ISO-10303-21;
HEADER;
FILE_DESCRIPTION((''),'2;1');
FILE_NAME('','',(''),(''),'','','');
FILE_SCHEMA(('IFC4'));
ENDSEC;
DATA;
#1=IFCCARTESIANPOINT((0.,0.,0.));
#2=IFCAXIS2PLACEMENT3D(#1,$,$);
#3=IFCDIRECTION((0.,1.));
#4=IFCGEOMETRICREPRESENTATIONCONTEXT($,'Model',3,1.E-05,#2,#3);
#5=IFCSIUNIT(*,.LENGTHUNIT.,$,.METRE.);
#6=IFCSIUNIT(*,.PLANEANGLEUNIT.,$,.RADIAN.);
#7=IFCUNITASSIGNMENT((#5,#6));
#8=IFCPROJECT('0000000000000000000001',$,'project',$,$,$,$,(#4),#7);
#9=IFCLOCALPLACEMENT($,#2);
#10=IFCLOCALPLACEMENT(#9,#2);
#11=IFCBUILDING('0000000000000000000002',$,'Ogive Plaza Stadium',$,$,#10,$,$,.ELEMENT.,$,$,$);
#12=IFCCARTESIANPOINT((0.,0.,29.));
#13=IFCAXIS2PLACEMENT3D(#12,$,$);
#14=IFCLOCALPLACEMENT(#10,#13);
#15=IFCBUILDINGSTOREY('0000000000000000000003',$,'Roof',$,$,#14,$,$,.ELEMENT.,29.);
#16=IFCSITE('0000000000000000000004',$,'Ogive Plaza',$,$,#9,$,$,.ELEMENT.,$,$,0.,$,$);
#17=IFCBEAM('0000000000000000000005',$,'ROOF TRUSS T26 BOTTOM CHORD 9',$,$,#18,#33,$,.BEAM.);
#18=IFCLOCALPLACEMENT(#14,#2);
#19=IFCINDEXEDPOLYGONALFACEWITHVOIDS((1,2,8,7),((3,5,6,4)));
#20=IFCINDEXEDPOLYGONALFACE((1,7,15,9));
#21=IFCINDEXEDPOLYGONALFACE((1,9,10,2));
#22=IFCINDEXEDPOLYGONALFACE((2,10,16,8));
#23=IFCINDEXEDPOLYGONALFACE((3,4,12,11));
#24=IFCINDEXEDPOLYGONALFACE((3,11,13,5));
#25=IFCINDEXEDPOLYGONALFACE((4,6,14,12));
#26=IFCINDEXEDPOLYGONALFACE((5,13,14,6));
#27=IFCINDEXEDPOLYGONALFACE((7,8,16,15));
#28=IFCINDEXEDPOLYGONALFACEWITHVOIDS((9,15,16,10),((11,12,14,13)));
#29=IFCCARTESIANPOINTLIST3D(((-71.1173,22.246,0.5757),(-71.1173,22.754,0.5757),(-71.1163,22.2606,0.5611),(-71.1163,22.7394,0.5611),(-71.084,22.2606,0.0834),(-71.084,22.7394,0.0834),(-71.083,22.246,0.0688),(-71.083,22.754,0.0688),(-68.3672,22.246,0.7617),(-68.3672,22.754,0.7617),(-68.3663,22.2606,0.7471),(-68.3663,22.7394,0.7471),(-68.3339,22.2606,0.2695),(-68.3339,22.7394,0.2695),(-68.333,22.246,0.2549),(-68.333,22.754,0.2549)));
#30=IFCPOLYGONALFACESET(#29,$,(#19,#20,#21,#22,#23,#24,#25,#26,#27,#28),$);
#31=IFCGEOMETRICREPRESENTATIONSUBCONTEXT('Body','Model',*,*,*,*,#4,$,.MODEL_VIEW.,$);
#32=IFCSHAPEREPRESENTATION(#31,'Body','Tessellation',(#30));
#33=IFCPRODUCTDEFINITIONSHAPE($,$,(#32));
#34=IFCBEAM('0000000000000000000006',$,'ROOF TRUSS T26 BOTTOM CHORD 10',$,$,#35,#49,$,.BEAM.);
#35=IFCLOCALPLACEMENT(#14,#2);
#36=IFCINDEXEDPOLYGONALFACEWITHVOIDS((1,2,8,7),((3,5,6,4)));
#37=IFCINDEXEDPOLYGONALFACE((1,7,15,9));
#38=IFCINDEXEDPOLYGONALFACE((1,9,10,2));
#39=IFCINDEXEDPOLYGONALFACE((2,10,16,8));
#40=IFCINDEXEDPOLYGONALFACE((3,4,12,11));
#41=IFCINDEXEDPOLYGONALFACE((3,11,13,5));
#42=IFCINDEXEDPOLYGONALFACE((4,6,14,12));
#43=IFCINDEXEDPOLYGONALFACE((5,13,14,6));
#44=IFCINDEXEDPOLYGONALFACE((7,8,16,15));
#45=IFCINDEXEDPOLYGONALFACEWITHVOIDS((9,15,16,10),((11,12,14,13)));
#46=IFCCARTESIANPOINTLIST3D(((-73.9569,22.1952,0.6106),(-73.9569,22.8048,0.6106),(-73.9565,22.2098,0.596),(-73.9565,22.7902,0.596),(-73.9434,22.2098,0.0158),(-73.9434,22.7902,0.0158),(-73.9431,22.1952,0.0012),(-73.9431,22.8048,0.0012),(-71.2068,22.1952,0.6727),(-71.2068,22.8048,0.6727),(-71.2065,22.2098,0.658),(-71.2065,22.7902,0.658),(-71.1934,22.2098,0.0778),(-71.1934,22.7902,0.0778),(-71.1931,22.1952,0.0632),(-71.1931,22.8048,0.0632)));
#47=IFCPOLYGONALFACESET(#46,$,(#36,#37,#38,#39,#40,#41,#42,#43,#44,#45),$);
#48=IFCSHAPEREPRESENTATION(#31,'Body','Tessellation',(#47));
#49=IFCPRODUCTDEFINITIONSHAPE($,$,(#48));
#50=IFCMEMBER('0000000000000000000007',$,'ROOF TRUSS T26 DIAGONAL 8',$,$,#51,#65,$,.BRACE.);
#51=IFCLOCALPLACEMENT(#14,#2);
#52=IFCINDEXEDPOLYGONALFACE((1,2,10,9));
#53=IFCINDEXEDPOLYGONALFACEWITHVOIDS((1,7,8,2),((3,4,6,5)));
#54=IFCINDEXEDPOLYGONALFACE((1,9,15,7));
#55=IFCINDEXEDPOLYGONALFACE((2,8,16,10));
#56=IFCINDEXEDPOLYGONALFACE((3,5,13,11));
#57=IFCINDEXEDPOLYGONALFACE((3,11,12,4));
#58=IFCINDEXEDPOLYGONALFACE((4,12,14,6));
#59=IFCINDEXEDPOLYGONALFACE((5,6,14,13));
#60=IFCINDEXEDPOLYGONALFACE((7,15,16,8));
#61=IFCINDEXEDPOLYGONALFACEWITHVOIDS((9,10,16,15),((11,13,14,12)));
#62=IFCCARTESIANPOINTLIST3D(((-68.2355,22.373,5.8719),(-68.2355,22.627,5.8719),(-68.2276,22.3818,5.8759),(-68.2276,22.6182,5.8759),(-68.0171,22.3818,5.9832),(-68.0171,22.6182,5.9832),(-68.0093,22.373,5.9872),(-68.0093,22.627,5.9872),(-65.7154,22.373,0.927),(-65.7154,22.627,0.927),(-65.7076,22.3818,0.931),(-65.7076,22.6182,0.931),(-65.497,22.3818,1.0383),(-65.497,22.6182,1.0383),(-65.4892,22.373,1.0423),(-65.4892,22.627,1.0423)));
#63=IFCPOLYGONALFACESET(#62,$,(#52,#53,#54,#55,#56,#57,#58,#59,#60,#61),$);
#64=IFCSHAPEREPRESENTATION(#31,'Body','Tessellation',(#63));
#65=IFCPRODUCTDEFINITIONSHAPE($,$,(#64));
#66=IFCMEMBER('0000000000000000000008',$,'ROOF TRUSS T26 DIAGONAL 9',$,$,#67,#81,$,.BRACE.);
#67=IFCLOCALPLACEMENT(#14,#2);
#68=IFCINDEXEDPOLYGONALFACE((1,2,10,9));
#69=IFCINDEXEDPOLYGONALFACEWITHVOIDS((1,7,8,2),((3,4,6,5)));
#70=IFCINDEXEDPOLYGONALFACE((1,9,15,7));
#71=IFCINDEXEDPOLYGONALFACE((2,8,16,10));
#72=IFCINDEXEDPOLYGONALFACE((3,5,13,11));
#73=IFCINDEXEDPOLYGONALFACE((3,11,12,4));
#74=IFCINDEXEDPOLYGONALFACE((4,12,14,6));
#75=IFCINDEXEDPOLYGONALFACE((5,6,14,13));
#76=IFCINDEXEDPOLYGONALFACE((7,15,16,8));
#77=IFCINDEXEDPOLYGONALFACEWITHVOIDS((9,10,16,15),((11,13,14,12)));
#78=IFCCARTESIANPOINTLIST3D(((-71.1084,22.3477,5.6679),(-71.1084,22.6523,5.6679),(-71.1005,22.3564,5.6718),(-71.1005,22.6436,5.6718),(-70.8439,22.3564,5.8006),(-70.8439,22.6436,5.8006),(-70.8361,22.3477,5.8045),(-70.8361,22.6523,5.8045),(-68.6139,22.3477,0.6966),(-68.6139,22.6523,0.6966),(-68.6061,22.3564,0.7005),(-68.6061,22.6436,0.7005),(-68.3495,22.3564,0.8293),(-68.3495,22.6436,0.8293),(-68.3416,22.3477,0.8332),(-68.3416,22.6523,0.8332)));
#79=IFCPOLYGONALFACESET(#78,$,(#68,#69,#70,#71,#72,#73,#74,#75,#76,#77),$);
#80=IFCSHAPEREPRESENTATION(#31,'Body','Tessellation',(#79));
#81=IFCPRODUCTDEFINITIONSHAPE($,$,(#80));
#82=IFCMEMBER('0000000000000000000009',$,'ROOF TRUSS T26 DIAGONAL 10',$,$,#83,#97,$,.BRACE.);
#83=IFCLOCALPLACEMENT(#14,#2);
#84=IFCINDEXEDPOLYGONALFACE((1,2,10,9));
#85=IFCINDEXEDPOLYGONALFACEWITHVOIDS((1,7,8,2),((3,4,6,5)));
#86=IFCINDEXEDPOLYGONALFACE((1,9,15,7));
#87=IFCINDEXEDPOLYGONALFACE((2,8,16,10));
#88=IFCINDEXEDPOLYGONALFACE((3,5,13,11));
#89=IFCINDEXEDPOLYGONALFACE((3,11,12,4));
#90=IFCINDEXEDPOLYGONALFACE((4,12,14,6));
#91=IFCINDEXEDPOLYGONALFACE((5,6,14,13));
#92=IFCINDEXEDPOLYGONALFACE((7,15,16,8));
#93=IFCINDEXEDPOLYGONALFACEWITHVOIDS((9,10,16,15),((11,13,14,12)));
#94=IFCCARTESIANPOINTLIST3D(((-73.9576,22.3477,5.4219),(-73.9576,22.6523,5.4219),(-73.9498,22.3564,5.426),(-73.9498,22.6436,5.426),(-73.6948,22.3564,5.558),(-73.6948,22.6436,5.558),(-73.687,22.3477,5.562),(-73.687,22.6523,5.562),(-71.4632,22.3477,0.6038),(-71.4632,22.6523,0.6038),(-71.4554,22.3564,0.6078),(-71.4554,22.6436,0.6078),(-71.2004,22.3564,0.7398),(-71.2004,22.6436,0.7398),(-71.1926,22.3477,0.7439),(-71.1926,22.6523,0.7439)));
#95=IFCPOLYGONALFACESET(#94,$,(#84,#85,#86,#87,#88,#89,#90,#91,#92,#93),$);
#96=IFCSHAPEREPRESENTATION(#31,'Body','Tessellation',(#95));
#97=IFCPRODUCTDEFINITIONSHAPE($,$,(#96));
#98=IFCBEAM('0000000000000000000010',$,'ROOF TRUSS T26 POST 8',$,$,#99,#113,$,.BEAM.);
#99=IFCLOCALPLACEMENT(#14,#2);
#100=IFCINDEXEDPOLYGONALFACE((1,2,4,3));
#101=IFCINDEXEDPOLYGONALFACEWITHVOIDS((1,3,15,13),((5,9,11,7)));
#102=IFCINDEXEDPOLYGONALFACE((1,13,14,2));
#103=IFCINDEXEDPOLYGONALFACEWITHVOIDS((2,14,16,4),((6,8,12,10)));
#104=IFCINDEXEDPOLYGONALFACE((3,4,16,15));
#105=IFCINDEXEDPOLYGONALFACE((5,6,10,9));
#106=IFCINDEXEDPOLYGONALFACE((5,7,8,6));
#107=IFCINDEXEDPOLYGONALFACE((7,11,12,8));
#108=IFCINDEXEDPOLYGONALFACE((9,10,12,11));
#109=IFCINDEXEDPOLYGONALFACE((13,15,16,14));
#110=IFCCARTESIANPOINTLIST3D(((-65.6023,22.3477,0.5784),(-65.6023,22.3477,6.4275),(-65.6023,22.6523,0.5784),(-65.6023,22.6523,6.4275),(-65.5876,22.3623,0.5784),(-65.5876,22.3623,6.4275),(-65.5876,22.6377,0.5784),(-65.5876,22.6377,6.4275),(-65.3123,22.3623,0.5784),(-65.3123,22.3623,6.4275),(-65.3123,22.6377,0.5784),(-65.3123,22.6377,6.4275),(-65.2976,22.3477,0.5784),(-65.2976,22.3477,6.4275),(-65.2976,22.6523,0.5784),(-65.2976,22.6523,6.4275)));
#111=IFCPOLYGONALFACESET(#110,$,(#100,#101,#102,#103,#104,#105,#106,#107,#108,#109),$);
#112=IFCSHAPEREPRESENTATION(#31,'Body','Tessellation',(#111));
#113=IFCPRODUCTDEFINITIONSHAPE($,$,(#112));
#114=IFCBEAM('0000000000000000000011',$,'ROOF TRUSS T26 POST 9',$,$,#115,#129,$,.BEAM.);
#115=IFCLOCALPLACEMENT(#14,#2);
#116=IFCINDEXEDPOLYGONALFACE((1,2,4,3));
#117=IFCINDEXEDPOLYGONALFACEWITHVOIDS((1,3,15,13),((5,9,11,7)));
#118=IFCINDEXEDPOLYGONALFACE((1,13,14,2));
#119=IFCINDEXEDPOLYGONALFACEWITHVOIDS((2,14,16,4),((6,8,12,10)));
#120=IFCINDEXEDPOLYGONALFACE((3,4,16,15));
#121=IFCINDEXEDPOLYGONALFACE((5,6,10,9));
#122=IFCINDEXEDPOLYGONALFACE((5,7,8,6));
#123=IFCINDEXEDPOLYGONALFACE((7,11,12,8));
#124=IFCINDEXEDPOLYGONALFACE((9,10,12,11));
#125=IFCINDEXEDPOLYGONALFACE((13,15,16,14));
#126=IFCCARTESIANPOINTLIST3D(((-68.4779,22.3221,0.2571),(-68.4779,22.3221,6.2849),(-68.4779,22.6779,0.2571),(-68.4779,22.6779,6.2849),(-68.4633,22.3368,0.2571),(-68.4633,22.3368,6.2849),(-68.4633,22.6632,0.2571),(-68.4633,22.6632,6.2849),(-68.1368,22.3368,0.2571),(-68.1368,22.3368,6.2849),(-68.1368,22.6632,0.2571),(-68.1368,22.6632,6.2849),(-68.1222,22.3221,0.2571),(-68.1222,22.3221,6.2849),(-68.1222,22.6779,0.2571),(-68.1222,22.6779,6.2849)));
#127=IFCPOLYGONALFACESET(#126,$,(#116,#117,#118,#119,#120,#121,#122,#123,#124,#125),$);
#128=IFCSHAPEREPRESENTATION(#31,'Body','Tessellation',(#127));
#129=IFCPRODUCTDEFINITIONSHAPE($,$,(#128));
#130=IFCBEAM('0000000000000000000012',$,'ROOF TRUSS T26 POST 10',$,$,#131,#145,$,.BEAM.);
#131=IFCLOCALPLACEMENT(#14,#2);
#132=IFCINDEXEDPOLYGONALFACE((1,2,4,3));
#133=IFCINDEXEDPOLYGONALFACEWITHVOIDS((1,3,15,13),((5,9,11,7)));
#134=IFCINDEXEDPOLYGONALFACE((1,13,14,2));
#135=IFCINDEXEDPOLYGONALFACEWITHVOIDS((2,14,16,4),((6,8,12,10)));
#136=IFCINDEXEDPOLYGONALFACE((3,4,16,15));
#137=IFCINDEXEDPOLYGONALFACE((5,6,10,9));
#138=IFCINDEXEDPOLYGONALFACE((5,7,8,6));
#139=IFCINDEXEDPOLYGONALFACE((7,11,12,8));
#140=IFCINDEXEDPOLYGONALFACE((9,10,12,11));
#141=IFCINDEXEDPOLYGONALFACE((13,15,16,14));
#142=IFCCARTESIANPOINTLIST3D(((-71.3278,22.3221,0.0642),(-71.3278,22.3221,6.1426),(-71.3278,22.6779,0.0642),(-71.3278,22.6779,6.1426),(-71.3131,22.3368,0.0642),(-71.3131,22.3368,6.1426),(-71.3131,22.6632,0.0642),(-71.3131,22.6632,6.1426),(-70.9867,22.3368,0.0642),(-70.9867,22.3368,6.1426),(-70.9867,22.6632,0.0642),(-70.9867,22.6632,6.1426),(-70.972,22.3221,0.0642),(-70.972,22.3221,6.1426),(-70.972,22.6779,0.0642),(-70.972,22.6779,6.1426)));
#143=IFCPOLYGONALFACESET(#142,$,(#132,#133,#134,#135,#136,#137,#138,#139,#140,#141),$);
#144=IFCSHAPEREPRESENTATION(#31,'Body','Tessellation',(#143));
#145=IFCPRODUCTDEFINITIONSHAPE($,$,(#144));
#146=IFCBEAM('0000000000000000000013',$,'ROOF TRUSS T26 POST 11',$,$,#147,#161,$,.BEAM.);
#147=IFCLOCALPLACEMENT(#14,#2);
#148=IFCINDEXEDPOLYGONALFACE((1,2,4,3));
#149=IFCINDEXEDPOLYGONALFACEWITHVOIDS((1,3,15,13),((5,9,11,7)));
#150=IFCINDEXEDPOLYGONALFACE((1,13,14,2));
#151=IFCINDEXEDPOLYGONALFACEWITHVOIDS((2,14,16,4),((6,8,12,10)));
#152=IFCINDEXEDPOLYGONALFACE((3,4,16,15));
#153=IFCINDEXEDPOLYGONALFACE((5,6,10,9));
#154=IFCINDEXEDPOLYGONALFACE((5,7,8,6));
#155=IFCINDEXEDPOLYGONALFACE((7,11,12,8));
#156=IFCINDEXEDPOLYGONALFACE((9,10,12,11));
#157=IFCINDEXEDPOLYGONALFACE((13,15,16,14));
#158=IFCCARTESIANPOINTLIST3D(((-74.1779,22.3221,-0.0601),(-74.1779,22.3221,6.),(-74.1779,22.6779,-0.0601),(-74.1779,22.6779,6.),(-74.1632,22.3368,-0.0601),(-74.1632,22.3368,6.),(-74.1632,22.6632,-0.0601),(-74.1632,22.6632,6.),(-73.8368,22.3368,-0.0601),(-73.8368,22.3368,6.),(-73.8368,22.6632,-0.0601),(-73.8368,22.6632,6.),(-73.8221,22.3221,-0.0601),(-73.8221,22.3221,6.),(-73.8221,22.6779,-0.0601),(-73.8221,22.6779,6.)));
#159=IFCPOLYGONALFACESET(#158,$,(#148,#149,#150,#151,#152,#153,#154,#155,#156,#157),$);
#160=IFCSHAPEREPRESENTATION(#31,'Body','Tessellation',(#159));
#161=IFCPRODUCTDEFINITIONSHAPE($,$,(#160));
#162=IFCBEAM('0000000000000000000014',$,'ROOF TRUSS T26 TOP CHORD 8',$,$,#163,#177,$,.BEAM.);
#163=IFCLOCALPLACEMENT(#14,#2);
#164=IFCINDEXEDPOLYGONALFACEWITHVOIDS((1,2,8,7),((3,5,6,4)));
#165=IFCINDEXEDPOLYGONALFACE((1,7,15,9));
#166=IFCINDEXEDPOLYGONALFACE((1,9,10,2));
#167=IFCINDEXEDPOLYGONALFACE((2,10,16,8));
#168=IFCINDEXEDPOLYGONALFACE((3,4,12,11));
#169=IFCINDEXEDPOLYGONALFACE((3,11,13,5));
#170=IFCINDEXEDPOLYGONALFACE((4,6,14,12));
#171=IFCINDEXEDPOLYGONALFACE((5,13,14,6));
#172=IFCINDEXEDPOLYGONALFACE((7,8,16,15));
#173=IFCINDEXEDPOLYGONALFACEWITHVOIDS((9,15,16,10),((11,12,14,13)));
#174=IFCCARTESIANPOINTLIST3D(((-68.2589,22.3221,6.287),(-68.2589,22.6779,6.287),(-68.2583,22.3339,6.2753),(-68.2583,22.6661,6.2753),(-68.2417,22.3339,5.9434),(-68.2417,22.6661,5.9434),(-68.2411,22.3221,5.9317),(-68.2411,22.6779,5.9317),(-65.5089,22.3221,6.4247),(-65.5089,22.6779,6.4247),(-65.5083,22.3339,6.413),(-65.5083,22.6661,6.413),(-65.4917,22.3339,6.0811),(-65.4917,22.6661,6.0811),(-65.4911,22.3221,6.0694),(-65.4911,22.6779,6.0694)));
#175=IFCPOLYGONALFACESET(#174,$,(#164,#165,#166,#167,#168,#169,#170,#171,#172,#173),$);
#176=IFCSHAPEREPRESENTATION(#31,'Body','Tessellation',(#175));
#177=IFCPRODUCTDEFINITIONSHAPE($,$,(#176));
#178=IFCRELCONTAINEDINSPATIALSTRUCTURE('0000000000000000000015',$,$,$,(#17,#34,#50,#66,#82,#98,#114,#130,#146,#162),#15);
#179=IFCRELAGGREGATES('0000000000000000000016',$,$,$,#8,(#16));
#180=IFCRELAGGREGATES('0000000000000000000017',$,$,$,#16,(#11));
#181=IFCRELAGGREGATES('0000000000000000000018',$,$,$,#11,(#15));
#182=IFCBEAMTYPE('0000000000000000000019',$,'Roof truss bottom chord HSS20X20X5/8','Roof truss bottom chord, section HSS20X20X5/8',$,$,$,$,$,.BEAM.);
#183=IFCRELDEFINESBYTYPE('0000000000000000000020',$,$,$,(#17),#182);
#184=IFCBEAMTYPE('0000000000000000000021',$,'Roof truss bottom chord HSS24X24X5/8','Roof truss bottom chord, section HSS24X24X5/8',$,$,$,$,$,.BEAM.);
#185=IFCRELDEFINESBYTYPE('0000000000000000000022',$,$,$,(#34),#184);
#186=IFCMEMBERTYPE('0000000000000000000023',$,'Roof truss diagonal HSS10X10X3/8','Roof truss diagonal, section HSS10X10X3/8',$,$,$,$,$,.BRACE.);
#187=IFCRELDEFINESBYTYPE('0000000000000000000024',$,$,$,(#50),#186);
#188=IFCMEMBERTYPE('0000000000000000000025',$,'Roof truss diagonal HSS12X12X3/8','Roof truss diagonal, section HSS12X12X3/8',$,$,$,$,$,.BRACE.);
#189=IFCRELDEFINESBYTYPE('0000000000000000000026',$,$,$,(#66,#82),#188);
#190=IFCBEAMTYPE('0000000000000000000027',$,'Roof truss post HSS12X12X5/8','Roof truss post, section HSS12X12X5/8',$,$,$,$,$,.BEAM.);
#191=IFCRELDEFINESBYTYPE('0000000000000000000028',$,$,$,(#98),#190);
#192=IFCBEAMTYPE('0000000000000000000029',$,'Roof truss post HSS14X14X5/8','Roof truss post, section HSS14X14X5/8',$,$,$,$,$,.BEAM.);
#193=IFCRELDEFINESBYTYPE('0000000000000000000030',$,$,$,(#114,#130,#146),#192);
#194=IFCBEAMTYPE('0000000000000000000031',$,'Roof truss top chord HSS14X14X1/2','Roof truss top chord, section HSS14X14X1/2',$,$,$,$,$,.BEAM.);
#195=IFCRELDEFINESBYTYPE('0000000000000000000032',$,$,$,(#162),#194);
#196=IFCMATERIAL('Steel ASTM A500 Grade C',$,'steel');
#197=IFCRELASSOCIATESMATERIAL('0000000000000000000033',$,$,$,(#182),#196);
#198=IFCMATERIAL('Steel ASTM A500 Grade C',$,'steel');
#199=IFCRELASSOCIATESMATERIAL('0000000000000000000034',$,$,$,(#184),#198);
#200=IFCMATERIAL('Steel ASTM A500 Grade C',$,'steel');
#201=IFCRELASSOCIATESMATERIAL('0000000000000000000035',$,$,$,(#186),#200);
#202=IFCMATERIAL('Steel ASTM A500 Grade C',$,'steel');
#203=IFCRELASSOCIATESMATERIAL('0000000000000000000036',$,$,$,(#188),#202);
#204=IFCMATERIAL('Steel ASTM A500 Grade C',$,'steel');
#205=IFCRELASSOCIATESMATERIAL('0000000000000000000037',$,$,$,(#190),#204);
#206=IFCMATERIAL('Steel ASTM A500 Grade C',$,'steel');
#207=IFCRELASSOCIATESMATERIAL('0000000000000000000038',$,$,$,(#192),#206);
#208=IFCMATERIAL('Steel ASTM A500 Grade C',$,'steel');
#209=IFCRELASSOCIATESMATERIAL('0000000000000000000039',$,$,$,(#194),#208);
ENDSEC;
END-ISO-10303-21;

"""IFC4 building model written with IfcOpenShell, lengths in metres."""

from ifc_helpers import new_model, si_unit, direction, frame, origin, origin_2d, place, context, subcontext, project, spatial, hollow_rectangle, extrude, material, material_profile, profile_set, type_object, element, save


model = new_model("IFC4")

# Units and contexts
model_context = context("Model", 3, precision=1e-05, world=origin(), true_north=direction((0.0, 1.0)))
body_context = subcontext(model_context, "Body", "Model", "MODEL_VIEW")
ifc_project = project(units=[si_unit("LENGTHUNIT", "METRE"), si_unit("PLANEANGLEUNIT", "RADIAN")], contexts=[model_context])

# Site, building, storey
site_placement = place(None, origin())
site = spatial("IfcSite", under=ifc_project, at=site_placement, Name="Ogive Plaza", CompositionType="ELEMENT", RefElevation=0.0)
building_placement = place(site_placement, origin())
building = spatial("IfcBuilding", under=site, at=building_placement, Name="Ogive Plaza Stadium", CompositionType="ELEMENT")
storey_placement = place(building_placement, frame((0.0, 0.0, 29.0)))
storey = spatial("IfcBuildingStorey", under=building, at=storey_placement, Name="Roof", CompositionType="ELEMENT", Elevation=29.0)

# Beams
ifc_material_1 = material(Name="Steel ASTM A500 Grade C", Category="steel")
ifc_material_profile_1 = material_profile(ifc_material_1, hollow_rectangle(XDim=0.5081, YDim=0.5081, WallThickness=0.0146, at=origin_2d()), Name="HSS20X20X5/8")
ifc_profile_set_1 = profile_set([ifc_material_profile_1], Name="Steel ASTM A500 Grade C")
beam_type_1 = type_object("IfcBeamType", Name="Roof truss bottom chord HSS20X20X5/8", Description="Roof truss bottom chord, section HSS20X20X5/8", PredefinedType="BEAM", material=ifc_profile_set_1)
beam_1_placement = place(storey_placement, frame((-68.3501, 22.5, 0.5083), z_axis=(-0.99772, 0.0, -0.067495), x_axis=(0.0, -1.0, 0.0)))
element("IfcBeam", 1, at=beam_1_placement, inside=storey, type_object=beam_type_1, Name="ROOF TRUSS T26 BOTTOM CHORD 9", PredefinedType="BEAM", context=body_context, shape_type="SweptSolid", body=[
    extrude(hollow_rectangle(XDim=0.5081, YDim=0.5081, WallThickness=0.0146, at=origin_2d()), origin(), (0.0, 0.0, 1.0), 2.7563),
])
ifc_material_2 = material(Name="Steel ASTM A500 Grade C", Category="steel")
ifc_material_profile_2 = material_profile(ifc_material_2, hollow_rectangle(XDim=0.6096, YDim=0.6096, WallThickness=0.0146, at=origin_2d()), Name="HSS24X24X5/8")
ifc_profile_set_2 = profile_set([ifc_material_profile_2], Name="Steel ASTM A500 Grade C")
beam_type_2 = type_object("IfcBeamType", Name="Roof truss bottom chord HSS24X24X5/8", Description="Roof truss bottom chord, section HSS24X24X5/8", PredefinedType="BEAM", material=ifc_profile_set_2)
beam_2_placement = place(storey_placement, frame((-71.2, 22.5, 0.3679), z_axis=(-0.999746, 0.0, -0.022544), x_axis=(0.0, -1.0, 0.0)))
element("IfcBeam", 2, at=beam_2_placement, inside=storey, type_object=beam_type_2, Name="ROOF TRUSS T26 BOTTOM CHORD 10", PredefinedType="BEAM", context=body_context, shape_type="SweptSolid", body=[
    extrude(hollow_rectangle(XDim=0.6096, YDim=0.6096, WallThickness=0.0146, at=origin_2d()), origin(), (0.0, 0.0, 1.0), 2.7507),
])

# Members
ifc_material_3 = material(Name="Steel ASTM A500 Grade C", Category="steel")
ifc_material_profile_3 = material_profile(ifc_material_3, hollow_rectangle(XDim=0.2539, YDim=0.2539, WallThickness=0.0088, at=origin_2d()), Name="HSS10X10X3/8")
ifc_profile_set_3 = profile_set([ifc_material_profile_3], Name="Steel ASTM A500 Grade C")
member_type_1 = type_object("IfcMemberType", Name="Roof truss diagonal HSS10X10X3/8", Description="Roof truss diagonal, section HSS10X10X3/8", PredefinedType="BRACE", material=ifc_profile_set_3)
member_1_placement = place(storey_placement, frame((-65.6023, 22.5, 0.9846), z_axis=(-0.454063, 0.0, 0.89097), x_axis=(0.0, -1.0, 0.0)))
element("IfcMember", 3, at=member_1_placement, inside=storey, type_object=member_type_1, Name="ROOF TRUSS T26 DIAGONAL 8", PredefinedType="BRACE", context=body_context, shape_type="SweptSolid", body=[
    extrude(hollow_rectangle(XDim=0.2539, YDim=0.2539, WallThickness=0.0088, at=origin_2d()), origin(), (0.0, 0.0, 1.0), 5.55),
])
ifc_material_4 = material(Name="Steel ASTM A500 Grade C", Category="steel")
ifc_material_profile_4 = material_profile(ifc_material_4, hollow_rectangle(XDim=0.3047, YDim=0.3047, WallThickness=0.0088, at=origin_2d()), Name="HSS12X12X3/8")
ifc_profile_set_4 = profile_set([ifc_material_profile_4], Name="Steel ASTM A500 Grade C")
member_type_2 = type_object("IfcMemberType", Name="Roof truss diagonal HSS12X12X3/8", Description="Roof truss diagonal, section HSS12X12X3/8", PredefinedType="BRACE", material=ifc_profile_set_4)
member_2_placement = place(storey_placement, frame((-68.4778, 22.5, 0.7649), z_axis=(-0.448477, 0.0, 0.893794), x_axis=(0.0, -1.0, 0.0)))
element("IfcMember", 4, at=member_2_placement, inside=storey, type_object=member_type_2, Name="ROOF TRUSS T26 DIAGONAL 9", PredefinedType="BRACE", context=body_context, shape_type="SweptSolid", body=[
    extrude(hollow_rectangle(XDim=0.3047, YDim=0.3047, WallThickness=0.0088, at=origin_2d()), origin(), (0.0, 0.0, 1.0), 5.562),
])
member_3_placement = place(storey_placement, frame((-71.3279, 22.5, 0.6738), z_axis=(-0.459751, 0.0, 0.888048), x_axis=(0.0, -1.0, 0.0)))
element("IfcMember", 5, at=member_3_placement, inside=storey, type_object=member_type_2, Name="ROOF TRUSS T26 DIAGONAL 10", PredefinedType="BRACE", context=body_context, shape_type="SweptSolid", body=[
    extrude(hollow_rectangle(XDim=0.3047, YDim=0.3047, WallThickness=0.0088, at=origin_2d()), origin(), (0.0, 0.0, 1.0), 5.4255),
])

# Beams
ifc_material_5 = material(Name="Steel ASTM A500 Grade C", Category="steel")
ifc_material_profile_5 = material_profile(ifc_material_5, hollow_rectangle(XDim=0.3047, YDim=0.3047, WallThickness=0.0146, at=origin_2d()), Name="HSS12X12X5/8")
ifc_profile_set_5 = profile_set([ifc_material_profile_5], Name="Steel ASTM A500 Grade C")
beam_type_3 = type_object("IfcBeamType", Name="Roof truss post HSS12X12X5/8", Description="Roof truss post, section HSS12X12X5/8", PredefinedType="BEAM", material=ifc_profile_set_5)
beam_3_placement = place(storey_placement, frame((-65.45, 22.5, 0.5784), z_axis=(0.0, 0.0, 1.0), x_axis=(0.0, -1.0, 0.0)))
element("IfcBeam", 6, at=beam_3_placement, inside=storey, type_object=beam_type_3, Name="ROOF TRUSS T26 POST 8", PredefinedType="BEAM", context=body_context, shape_type="SweptSolid", body=[
    extrude(hollow_rectangle(XDim=0.3047, YDim=0.3047, WallThickness=0.0146, at=origin_2d()), origin(), (0.0, 0.0, 1.0), 5.8491),
])
ifc_material_6 = material(Name="Steel ASTM A500 Grade C", Category="steel")
ifc_material_profile_6 = material_profile(ifc_material_6, hollow_rectangle(XDim=0.3557, YDim=0.3557, WallThickness=0.0146, at=origin_2d()), Name="HSS14X14X5/8")
ifc_profile_set_6 = profile_set([ifc_material_profile_6], Name="Steel ASTM A500 Grade C")
beam_type_4 = type_object("IfcBeamType", Name="Roof truss post HSS14X14X5/8", Description="Roof truss post, section HSS14X14X5/8", PredefinedType="BEAM", material=ifc_profile_set_6)
beam_4_placement = place(storey_placement, frame((-68.3, 22.5, 0.2571), z_axis=(0.0, 0.0, 1.0), x_axis=(0.0, -1.0, 0.0)))
element("IfcBeam", 7, at=beam_4_placement, inside=storey, type_object=beam_type_4, Name="ROOF TRUSS T26 POST 9", PredefinedType="BEAM", context=body_context, shape_type="SweptSolid", body=[
    extrude(hollow_rectangle(XDim=0.3557, YDim=0.3557, WallThickness=0.0146, at=origin_2d()), origin(), (0.0, 0.0, 1.0), 6.0278),
])
beam_5_placement = place(storey_placement, frame((-71.1499, 22.5, 0.0642), z_axis=(0.0, 0.0, 1.0), x_axis=(0.0, -1.0, 0.0)))
element("IfcBeam", 8, at=beam_5_placement, inside=storey, type_object=beam_type_4, Name="ROOF TRUSS T26 POST 10", PredefinedType="BEAM", context=body_context, shape_type="SweptSolid", body=[
    extrude(hollow_rectangle(XDim=0.3557, YDim=0.3557, WallThickness=0.0146, at=origin_2d()), origin(), (0.0, 0.0, 1.0), 6.0784),
])
beam_6_placement = place(storey_placement, frame((-74.0, 22.5, -0.0601), z_axis=(0.0, 0.0, 1.0), x_axis=(0.0, -1.0, 0.0)))
element("IfcBeam", 9, at=beam_6_placement, inside=storey, type_object=beam_type_4, Name="ROOF TRUSS T26 POST 11", PredefinedType="BEAM", context=body_context, shape_type="SweptSolid", body=[
    extrude(hollow_rectangle(XDim=0.3557, YDim=0.3557, WallThickness=0.0146, at=origin_2d()), origin(), (0.0, 0.0, 1.0), 6.0601),
])
ifc_material_7 = material(Name="Steel ASTM A500 Grade C", Category="steel")
ifc_material_profile_7 = material_profile(ifc_material_7, hollow_rectangle(XDim=0.3557, YDim=0.3557, WallThickness=0.0117, at=origin_2d()), Name="HSS14X14X1/2")
ifc_profile_set_7 = profile_set([ifc_material_profile_7], Name="Steel ASTM A500 Grade C")
beam_type_5 = type_object("IfcBeamType", Name="Roof truss top chord HSS14X14X1/2", Description="Roof truss top chord, section HSS14X14X1/2", PredefinedType="BEAM", material=ifc_profile_set_7)
beam_7_placement = place(storey_placement, frame((-65.5, 22.5, 6.2471), z_axis=(-0.998749, 0.0, -0.050008), x_axis=(0.0, -1.0, 0.0)))
element("IfcBeam", 10, at=beam_7_placement, inside=storey, type_object=beam_type_5, Name="ROOF TRUSS T26 TOP CHORD 8", PredefinedType="BEAM", context=body_context, shape_type="SweptSolid", body=[
    extrude(hollow_rectangle(XDim=0.3557, YDim=0.3557, WallThickness=0.0117, at=origin_2d()), origin(), (0.0, 0.0, 1.0), 2.7534),
])

save(model, "model.ifc")
